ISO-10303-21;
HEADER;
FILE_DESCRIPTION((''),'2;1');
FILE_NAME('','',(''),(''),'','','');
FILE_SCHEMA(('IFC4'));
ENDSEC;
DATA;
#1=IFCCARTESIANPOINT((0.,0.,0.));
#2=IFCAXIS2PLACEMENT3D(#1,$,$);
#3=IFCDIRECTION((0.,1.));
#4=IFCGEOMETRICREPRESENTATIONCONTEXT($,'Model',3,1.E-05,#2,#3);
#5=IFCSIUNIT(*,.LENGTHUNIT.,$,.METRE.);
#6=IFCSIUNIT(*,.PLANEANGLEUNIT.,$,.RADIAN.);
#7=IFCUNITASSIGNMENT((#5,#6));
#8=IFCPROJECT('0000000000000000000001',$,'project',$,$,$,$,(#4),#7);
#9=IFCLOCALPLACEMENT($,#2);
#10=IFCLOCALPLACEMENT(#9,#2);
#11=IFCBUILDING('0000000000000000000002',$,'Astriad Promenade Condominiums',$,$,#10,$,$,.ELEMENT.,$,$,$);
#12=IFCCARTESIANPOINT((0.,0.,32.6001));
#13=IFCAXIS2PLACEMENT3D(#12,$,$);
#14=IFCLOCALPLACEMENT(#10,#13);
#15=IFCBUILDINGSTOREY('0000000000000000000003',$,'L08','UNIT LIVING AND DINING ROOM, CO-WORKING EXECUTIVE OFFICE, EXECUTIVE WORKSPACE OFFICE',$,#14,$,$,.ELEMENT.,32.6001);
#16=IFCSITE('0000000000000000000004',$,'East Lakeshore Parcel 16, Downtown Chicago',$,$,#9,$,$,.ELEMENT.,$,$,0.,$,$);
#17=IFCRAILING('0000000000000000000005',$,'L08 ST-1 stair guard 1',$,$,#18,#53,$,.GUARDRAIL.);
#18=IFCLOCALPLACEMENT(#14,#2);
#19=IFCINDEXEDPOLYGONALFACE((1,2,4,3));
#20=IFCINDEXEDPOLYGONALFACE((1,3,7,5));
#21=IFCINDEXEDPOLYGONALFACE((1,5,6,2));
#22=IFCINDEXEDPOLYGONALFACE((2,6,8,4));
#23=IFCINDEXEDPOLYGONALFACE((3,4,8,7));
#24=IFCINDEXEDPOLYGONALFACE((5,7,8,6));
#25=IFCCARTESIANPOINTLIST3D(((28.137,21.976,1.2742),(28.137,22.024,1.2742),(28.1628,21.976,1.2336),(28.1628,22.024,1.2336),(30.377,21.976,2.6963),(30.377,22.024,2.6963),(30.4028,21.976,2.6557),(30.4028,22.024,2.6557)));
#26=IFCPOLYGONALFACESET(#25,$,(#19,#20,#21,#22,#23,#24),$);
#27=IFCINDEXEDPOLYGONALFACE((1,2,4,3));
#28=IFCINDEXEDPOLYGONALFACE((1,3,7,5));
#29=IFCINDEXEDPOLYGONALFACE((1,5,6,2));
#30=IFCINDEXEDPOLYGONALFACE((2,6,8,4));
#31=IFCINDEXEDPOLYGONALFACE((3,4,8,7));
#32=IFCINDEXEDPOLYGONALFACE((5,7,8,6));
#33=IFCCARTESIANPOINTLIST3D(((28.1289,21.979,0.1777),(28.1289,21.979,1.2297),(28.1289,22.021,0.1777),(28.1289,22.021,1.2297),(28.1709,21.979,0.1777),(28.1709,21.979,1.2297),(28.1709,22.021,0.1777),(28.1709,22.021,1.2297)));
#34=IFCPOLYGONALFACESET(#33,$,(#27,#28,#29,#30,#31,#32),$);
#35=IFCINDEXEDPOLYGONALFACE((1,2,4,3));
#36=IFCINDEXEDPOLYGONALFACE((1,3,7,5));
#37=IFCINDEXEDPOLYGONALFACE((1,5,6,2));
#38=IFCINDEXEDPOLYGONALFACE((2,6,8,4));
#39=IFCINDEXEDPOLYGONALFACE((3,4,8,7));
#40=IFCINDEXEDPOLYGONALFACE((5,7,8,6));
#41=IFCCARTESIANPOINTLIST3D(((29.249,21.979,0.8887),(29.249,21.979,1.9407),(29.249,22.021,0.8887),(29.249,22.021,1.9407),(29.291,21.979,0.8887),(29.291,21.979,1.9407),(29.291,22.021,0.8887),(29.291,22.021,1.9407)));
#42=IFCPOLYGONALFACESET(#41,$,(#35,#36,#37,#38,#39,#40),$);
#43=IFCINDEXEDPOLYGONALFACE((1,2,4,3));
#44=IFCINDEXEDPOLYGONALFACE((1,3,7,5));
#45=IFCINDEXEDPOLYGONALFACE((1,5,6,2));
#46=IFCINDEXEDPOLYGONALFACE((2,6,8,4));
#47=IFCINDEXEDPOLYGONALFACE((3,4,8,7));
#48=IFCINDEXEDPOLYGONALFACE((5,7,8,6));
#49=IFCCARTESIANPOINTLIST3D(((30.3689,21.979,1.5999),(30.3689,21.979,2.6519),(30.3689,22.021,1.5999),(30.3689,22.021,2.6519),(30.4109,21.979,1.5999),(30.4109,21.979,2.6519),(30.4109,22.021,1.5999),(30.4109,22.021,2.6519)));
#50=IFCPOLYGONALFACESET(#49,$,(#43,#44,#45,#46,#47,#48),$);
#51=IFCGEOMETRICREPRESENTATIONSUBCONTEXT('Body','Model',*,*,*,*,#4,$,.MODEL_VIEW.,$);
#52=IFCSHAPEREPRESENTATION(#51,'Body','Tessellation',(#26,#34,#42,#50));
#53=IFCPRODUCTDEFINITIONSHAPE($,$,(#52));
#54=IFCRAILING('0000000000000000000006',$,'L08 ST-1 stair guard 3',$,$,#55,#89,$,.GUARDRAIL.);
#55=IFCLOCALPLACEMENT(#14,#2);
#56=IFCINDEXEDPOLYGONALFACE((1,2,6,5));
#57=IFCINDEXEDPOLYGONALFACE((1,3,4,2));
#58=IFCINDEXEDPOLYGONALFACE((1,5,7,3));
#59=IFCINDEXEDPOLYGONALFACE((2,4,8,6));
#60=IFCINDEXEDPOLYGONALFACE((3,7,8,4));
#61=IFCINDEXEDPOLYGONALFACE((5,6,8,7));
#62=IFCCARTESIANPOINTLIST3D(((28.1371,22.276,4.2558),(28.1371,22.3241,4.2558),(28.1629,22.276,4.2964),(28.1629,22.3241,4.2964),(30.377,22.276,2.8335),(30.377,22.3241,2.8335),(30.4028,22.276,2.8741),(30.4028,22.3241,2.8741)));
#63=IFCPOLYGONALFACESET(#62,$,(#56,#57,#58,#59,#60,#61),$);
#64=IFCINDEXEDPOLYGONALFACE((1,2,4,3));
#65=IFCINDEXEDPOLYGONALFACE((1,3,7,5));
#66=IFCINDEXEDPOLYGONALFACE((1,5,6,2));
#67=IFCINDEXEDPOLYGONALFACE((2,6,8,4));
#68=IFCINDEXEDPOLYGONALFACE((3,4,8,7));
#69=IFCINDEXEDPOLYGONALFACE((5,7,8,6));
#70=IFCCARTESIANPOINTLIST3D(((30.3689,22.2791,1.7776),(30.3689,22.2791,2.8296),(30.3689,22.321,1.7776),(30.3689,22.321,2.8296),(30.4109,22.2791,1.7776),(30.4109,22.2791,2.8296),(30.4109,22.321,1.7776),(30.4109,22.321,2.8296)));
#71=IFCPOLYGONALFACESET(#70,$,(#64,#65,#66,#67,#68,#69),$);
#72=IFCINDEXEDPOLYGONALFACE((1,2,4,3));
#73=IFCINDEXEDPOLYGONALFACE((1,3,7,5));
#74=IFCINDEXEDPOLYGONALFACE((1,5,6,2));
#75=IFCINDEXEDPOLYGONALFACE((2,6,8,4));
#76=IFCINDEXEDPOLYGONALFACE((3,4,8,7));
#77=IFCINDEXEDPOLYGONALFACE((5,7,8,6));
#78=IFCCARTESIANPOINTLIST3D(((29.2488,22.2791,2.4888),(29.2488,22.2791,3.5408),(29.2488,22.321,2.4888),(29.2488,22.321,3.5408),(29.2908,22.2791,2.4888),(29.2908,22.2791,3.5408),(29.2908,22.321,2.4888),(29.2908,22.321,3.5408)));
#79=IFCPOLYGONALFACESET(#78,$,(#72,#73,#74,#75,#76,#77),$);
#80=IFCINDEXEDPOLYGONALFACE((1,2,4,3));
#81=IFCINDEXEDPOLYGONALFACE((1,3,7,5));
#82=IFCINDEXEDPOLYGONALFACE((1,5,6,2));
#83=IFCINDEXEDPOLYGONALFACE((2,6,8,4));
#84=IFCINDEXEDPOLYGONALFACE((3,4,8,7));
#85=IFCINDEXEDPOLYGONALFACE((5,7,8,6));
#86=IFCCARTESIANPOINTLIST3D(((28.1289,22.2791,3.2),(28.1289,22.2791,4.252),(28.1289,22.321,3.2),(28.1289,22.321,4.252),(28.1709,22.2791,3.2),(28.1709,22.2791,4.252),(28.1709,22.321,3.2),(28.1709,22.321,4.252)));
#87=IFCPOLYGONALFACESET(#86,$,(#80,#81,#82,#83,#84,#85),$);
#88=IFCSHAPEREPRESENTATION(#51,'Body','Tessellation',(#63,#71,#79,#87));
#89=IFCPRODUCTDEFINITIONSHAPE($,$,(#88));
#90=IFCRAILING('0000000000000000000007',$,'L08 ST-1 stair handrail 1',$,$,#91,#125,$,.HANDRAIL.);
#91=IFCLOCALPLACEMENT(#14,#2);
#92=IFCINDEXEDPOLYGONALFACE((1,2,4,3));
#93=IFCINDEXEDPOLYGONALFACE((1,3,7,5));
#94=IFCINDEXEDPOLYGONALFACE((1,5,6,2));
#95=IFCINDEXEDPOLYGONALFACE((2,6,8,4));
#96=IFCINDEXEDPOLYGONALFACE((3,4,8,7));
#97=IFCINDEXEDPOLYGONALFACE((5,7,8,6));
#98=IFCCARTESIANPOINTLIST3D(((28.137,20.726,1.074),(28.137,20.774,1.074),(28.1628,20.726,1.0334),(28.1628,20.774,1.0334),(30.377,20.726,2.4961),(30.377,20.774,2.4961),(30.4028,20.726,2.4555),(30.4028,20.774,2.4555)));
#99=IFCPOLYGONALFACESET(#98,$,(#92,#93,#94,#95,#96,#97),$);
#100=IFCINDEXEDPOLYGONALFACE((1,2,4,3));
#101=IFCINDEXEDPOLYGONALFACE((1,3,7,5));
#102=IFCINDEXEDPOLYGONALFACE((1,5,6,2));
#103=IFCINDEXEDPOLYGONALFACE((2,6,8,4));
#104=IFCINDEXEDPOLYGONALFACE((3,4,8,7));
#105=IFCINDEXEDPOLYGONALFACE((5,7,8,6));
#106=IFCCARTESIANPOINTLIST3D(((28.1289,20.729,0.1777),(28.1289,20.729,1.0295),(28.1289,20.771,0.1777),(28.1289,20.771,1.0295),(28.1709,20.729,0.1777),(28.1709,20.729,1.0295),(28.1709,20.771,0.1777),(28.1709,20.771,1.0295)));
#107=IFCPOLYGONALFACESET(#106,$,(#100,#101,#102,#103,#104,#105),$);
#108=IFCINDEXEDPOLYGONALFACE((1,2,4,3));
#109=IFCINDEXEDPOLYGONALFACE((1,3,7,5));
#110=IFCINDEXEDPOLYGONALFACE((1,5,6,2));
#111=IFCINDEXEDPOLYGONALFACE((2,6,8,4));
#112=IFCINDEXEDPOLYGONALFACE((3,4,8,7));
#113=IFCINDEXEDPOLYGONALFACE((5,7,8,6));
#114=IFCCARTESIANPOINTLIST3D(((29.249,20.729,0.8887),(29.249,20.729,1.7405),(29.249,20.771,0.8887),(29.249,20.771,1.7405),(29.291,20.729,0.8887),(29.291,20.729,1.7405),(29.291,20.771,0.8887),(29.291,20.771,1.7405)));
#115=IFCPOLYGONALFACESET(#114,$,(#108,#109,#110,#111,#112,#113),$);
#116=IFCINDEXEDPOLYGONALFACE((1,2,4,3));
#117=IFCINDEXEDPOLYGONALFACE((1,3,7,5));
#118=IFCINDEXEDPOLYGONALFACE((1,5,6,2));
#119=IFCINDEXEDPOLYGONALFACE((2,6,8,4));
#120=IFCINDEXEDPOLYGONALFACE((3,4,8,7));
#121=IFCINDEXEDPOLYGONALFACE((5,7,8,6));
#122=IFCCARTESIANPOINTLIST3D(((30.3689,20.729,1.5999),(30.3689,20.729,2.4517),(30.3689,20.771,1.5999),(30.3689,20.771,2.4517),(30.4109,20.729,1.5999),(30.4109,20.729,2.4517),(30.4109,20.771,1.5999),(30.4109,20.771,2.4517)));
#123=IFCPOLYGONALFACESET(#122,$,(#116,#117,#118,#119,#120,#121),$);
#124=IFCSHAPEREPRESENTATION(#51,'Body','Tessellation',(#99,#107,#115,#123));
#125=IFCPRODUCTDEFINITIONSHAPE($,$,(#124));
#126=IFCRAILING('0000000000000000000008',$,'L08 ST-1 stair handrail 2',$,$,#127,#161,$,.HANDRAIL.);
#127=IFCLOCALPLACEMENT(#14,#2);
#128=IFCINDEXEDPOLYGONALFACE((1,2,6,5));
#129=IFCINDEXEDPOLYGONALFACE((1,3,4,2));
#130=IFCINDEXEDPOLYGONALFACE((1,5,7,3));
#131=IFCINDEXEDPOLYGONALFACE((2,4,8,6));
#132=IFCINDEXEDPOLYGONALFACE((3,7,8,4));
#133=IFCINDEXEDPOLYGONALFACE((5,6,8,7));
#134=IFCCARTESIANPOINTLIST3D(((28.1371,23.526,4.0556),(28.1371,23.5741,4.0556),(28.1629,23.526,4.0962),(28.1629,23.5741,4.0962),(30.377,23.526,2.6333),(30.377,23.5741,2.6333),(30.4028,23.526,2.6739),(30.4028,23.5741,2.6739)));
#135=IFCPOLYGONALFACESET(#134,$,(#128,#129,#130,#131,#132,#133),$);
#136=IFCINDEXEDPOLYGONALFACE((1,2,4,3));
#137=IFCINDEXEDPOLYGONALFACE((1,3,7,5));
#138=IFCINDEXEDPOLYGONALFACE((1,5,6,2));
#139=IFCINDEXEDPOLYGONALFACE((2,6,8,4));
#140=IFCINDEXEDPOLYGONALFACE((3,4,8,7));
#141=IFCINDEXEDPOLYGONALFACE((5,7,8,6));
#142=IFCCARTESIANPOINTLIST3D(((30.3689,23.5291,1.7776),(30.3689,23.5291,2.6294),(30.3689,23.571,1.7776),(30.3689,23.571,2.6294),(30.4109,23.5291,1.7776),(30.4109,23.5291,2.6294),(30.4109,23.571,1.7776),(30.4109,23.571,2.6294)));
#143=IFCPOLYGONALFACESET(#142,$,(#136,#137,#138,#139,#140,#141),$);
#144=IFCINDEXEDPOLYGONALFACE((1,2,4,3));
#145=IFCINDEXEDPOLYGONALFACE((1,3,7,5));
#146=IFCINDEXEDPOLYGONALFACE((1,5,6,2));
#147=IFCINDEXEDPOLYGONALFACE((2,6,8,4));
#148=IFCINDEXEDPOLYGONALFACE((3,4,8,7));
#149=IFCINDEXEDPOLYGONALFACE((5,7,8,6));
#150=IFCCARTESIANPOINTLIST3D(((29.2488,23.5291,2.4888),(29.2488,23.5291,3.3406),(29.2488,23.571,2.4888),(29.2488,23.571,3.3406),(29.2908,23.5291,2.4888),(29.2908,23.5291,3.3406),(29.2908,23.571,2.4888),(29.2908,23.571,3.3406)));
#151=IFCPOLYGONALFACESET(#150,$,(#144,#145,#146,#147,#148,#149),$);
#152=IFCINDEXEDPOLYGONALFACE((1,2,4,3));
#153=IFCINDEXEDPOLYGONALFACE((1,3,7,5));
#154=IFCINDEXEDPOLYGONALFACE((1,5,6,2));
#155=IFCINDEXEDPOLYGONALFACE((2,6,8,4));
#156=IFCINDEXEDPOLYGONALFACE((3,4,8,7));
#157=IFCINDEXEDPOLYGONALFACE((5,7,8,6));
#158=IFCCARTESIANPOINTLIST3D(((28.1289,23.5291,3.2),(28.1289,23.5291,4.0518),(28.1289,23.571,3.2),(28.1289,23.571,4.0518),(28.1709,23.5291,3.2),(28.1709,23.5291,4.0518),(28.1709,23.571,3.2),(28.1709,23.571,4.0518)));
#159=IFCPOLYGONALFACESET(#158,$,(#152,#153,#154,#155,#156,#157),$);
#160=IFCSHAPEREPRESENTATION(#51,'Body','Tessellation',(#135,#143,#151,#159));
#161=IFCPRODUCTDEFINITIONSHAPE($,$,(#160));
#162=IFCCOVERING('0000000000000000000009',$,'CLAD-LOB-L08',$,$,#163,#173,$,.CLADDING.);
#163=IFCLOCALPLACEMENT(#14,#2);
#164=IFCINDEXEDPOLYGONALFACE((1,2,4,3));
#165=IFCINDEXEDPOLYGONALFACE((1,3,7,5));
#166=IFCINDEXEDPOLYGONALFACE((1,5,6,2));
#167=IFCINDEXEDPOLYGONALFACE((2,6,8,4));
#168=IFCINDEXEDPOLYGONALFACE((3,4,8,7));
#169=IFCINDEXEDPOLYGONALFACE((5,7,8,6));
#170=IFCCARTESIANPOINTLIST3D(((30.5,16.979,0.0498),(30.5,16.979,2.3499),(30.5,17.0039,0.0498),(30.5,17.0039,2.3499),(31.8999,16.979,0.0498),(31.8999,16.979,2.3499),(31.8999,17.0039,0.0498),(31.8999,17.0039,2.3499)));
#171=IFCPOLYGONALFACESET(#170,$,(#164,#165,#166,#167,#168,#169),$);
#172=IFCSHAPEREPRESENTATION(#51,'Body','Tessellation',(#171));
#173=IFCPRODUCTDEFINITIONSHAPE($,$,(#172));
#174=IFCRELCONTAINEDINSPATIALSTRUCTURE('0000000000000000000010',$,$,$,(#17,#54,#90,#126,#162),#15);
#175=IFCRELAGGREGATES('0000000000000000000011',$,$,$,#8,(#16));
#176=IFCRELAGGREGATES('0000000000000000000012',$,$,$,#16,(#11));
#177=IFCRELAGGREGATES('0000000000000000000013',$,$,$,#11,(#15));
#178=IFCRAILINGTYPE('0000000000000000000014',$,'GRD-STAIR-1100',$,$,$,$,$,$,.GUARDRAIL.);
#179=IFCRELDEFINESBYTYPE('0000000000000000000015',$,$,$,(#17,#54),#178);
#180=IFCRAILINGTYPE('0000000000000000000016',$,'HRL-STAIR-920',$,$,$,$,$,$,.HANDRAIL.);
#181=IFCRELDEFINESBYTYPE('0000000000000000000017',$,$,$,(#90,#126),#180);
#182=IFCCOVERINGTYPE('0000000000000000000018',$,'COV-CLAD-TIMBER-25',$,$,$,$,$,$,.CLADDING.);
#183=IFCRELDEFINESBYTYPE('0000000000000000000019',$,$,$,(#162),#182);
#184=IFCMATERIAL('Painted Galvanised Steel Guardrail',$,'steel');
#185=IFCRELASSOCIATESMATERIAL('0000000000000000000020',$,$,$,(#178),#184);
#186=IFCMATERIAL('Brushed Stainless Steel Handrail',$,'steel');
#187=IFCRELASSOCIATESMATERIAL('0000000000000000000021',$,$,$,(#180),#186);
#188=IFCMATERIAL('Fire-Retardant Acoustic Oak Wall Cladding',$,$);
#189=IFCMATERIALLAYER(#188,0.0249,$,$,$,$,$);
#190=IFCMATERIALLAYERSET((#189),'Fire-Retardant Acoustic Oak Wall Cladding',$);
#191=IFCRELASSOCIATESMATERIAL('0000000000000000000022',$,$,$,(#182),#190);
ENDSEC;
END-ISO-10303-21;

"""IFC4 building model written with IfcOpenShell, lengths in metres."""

from ifc_helpers import new_model, si_unit, direction, frame, origin, origin_2d, place, context, subcontext, project, spatial, rectangle, extrude, source, transform, mapped, material, layer, layer_set, type_object, type_shapes, element, save


model = new_model("IFC4")

# Units and contexts
model_context = context("Model", 3, precision=1e-05, world=origin(), true_north=direction((0.0, 1.0)))
body_context = subcontext(model_context, "Body", "Model", "MODEL_VIEW")
ifc_project = project(units=[si_unit("LENGTHUNIT", "METRE"), si_unit("PLANEANGLEUNIT", "RADIAN")], contexts=[model_context])

# Site, building, storey
site_placement = place(None, origin())
site = spatial("IfcSite", under=ifc_project, at=site_placement, Name="East Lakeshore Parcel 16, Downtown Chicago", CompositionType="ELEMENT", RefElevation=0.0)
building_placement = place(site_placement, origin())
building = spatial("IfcBuilding", under=site, at=building_placement, Name="Astriad Promenade Condominiums", CompositionType="ELEMENT")
storey_placement = place(building_placement, frame((0.0, 0.0, 32.6001)))
storey = spatial("IfcBuildingStorey", under=building, at=storey_placement, Name="L08", Description="UNIT LIVING AND DINING ROOM, CO-WORKING EXECUTIVE OFFICE, EXECUTIVE WORKSPACE OFFICE", CompositionType="ELEMENT", Elevation=32.6001)

# Railings
ifc_material_1 = material(Name="Painted Galvanised Steel Guardrail", Category="steel")
railing_type_1 = type_object("IfcRailingType", Name="GRD-STAIR-1100", PredefinedType="GUARDRAIL", material=ifc_material_1)
shared_shape_1 = source(origin(), body_context, "Body", "SweptSolid", [
    extrude(rectangle(XDim=0.0481, YDim=0.0481, at=origin_2d()), frame((0.0, 0.0, 1.0762), z_axis=(0.844229, 0.0, 0.535982), x_axis=(0.0, 1.0, 0.0)), (0.0, 0.0, 1.0), 2.6533),
    extrude(rectangle(XDim=0.042, YDim=0.042, at=origin_2d()), origin(), (0.0, 0.0, 1.0), 1.052),
    extrude(rectangle(XDim=0.042, YDim=0.042, at=origin_2d()), frame((1.1201, 0.0, 0.7109)), (0.0, 0.0, 1.0), 1.052),
    extrude(rectangle(XDim=0.042, YDim=0.042, at=origin_2d()), frame((2.24, 0.0, 1.4221)), (0.0, 0.0, 1.0), 1.052),
])
railing_1_placement = place(storey_placement, frame((28.1499, 22.0, 0.1777)))
element("IfcRailing", 1, at=railing_1_placement, inside=storey, type_object=railing_type_1, Name="L08 ST-1 stair guard 1", PredefinedType="GUARDRAIL", context=body_context, shape_type="MappedRepresentation", body=[
    mapped(shared_shape_1, transform((0.0, 0.0, 0.0), scale=1.0)),
])
shared_shape_2 = source(origin(), body_context, "Body", "SweptSolid", [
    extrude(rectangle(XDim=0.0481, YDim=0.0481, at=origin_2d()), frame((0.0, 0.0, 1.0762), z_axis=(-0.844188, 0.0, 0.536048), x_axis=(0.0, -1.0, 0.0)), (0.0, 0.0, 1.0), 2.6533),
    extrude(rectangle(XDim=0.042, YDim=0.042, at=origin_2d()), origin(), (0.0, 0.0, 1.0), 1.052),
    extrude(rectangle(XDim=0.042, YDim=0.042, at=origin_2d()), frame((-1.1201, 0.0, 0.7112)), (0.0, 0.0, 1.0), 1.052),
    extrude(rectangle(XDim=0.042, YDim=0.042, at=origin_2d()), frame((-2.24, 0.0, 1.4224)), (0.0, 0.0, 1.0), 1.052),
])
railing_2_placement = place(storey_placement, frame((30.3899, 22.3, 1.7776)))
element("IfcRailing", 2, at=railing_2_placement, inside=storey, type_object=railing_type_1, Name="L08 ST-1 stair guard 3", PredefinedType="GUARDRAIL", context=body_context, shape_type="MappedRepresentation", body=[
    mapped(shared_shape_2, transform((0.0, 0.0, 0.0), scale=1.0)),
])
ifc_material_2 = material(Name="Brushed Stainless Steel Handrail", Category="steel")
railing_type_2 = type_object("IfcRailingType", Name="HRL-STAIR-920", PredefinedType="HANDRAIL", material=ifc_material_2)
shared_shape_3 = source(origin(), body_context, "Body", "SweptSolid", [
    extrude(rectangle(XDim=0.0481, YDim=0.0481, at=origin_2d()), frame((0.0, 0.0, 0.876), z_axis=(0.844229, 0.0, 0.535982), x_axis=(0.0, 1.0, 0.0)), (0.0, 0.0, 1.0), 2.6533),
    extrude(rectangle(XDim=0.042, YDim=0.042, at=origin_2d()), origin(), (0.0, 0.0, 1.0), 0.8518),
    extrude(rectangle(XDim=0.042, YDim=0.042, at=origin_2d()), frame((1.1201, 0.0, 0.7109)), (0.0, 0.0, 1.0), 0.8518),
    extrude(rectangle(XDim=0.042, YDim=0.042, at=origin_2d()), frame((2.24, 0.0, 1.4221)), (0.0, 0.0, 1.0), 0.8518),
])
railing_3_placement = place(storey_placement, frame((28.1499, 20.75, 0.1777)))
element("IfcRailing", 3, at=railing_3_placement, inside=storey, type_object=railing_type_2, Name="L08 ST-1 stair handrail 1", PredefinedType="HANDRAIL", context=body_context, shape_type="MappedRepresentation", body=[
    mapped(shared_shape_3, transform((0.0, 0.0, 0.0), scale=1.0)),
])
shared_shape_4 = source(origin(), body_context, "Body", "SweptSolid", [
    extrude(rectangle(XDim=0.0481, YDim=0.0481, at=origin_2d()), frame((0.0, 0.0, 0.876), z_axis=(-0.844188, 0.0, 0.536048), x_axis=(0.0, -1.0, 0.0)), (0.0, 0.0, 1.0), 2.6533),
    extrude(rectangle(XDim=0.042, YDim=0.042, at=origin_2d()), origin(), (0.0, 0.0, 1.0), 0.8518),
    extrude(rectangle(XDim=0.042, YDim=0.042, at=origin_2d()), frame((-1.1201, 0.0, 0.7112)), (0.0, 0.0, 1.0), 0.8518),
    extrude(rectangle(XDim=0.042, YDim=0.042, at=origin_2d()), frame((-2.24, 0.0, 1.4224)), (0.0, 0.0, 1.0), 0.8518),
])
type_shapes(railing_type_2, [shared_shape_3, shared_shape_4])
railing_4_placement = place(storey_placement, frame((30.3899, 23.55, 1.7776)))
element("IfcRailing", 4, at=railing_4_placement, inside=storey, type_object=railing_type_2, Name="L08 ST-1 stair handrail 2", PredefinedType="HANDRAIL", context=body_context, shape_type="MappedRepresentation", body=[
    mapped(shared_shape_4, transform((0.0, 0.0, 0.0), scale=1.0)),
])

# Covering
ifc_material_3 = material(Name="Fire-Retardant Acoustic Oak Wall Cladding")
ifc_layer_1 = layer(ifc_material_3, 0.0249)
ifc_layer_set_1 = layer_set([ifc_layer_1], Name="Fire-Retardant Acoustic Oak Wall Cladding")
covering_type = type_object("IfcCoveringType", Name="COV-CLAD-TIMBER-25", PredefinedType="CLADDING", material=ifc_layer_set_1)
shared_shape_5 = source(origin(), body_context, "Body", "SweptSolid", [
    extrude(rectangle(XDim=1.3999, YDim=0.0249, at=origin_2d()), origin(), (0.0, 0.0, 1.0), 2.3),
])
type_shapes(covering_type, [shared_shape_5])
covering_placement = place(storey_placement, frame((31.2, 16.9915, 0.0498), z_axis=(0.0, 0.0, 1.0), x_axis=(1.0, 0.0, 0.0)))
element("IfcCovering", 5, at=covering_placement, inside=storey, type_object=covering_type, Name="CLAD-LOB-L08", PredefinedType="CLADDING", context=body_context, shape_type="MappedRepresentation", body=[
    mapped(shared_shape_5, transform((0.0, 0.0, 0.0), scale=1.0)),
])

save(model, "model.ifc")
